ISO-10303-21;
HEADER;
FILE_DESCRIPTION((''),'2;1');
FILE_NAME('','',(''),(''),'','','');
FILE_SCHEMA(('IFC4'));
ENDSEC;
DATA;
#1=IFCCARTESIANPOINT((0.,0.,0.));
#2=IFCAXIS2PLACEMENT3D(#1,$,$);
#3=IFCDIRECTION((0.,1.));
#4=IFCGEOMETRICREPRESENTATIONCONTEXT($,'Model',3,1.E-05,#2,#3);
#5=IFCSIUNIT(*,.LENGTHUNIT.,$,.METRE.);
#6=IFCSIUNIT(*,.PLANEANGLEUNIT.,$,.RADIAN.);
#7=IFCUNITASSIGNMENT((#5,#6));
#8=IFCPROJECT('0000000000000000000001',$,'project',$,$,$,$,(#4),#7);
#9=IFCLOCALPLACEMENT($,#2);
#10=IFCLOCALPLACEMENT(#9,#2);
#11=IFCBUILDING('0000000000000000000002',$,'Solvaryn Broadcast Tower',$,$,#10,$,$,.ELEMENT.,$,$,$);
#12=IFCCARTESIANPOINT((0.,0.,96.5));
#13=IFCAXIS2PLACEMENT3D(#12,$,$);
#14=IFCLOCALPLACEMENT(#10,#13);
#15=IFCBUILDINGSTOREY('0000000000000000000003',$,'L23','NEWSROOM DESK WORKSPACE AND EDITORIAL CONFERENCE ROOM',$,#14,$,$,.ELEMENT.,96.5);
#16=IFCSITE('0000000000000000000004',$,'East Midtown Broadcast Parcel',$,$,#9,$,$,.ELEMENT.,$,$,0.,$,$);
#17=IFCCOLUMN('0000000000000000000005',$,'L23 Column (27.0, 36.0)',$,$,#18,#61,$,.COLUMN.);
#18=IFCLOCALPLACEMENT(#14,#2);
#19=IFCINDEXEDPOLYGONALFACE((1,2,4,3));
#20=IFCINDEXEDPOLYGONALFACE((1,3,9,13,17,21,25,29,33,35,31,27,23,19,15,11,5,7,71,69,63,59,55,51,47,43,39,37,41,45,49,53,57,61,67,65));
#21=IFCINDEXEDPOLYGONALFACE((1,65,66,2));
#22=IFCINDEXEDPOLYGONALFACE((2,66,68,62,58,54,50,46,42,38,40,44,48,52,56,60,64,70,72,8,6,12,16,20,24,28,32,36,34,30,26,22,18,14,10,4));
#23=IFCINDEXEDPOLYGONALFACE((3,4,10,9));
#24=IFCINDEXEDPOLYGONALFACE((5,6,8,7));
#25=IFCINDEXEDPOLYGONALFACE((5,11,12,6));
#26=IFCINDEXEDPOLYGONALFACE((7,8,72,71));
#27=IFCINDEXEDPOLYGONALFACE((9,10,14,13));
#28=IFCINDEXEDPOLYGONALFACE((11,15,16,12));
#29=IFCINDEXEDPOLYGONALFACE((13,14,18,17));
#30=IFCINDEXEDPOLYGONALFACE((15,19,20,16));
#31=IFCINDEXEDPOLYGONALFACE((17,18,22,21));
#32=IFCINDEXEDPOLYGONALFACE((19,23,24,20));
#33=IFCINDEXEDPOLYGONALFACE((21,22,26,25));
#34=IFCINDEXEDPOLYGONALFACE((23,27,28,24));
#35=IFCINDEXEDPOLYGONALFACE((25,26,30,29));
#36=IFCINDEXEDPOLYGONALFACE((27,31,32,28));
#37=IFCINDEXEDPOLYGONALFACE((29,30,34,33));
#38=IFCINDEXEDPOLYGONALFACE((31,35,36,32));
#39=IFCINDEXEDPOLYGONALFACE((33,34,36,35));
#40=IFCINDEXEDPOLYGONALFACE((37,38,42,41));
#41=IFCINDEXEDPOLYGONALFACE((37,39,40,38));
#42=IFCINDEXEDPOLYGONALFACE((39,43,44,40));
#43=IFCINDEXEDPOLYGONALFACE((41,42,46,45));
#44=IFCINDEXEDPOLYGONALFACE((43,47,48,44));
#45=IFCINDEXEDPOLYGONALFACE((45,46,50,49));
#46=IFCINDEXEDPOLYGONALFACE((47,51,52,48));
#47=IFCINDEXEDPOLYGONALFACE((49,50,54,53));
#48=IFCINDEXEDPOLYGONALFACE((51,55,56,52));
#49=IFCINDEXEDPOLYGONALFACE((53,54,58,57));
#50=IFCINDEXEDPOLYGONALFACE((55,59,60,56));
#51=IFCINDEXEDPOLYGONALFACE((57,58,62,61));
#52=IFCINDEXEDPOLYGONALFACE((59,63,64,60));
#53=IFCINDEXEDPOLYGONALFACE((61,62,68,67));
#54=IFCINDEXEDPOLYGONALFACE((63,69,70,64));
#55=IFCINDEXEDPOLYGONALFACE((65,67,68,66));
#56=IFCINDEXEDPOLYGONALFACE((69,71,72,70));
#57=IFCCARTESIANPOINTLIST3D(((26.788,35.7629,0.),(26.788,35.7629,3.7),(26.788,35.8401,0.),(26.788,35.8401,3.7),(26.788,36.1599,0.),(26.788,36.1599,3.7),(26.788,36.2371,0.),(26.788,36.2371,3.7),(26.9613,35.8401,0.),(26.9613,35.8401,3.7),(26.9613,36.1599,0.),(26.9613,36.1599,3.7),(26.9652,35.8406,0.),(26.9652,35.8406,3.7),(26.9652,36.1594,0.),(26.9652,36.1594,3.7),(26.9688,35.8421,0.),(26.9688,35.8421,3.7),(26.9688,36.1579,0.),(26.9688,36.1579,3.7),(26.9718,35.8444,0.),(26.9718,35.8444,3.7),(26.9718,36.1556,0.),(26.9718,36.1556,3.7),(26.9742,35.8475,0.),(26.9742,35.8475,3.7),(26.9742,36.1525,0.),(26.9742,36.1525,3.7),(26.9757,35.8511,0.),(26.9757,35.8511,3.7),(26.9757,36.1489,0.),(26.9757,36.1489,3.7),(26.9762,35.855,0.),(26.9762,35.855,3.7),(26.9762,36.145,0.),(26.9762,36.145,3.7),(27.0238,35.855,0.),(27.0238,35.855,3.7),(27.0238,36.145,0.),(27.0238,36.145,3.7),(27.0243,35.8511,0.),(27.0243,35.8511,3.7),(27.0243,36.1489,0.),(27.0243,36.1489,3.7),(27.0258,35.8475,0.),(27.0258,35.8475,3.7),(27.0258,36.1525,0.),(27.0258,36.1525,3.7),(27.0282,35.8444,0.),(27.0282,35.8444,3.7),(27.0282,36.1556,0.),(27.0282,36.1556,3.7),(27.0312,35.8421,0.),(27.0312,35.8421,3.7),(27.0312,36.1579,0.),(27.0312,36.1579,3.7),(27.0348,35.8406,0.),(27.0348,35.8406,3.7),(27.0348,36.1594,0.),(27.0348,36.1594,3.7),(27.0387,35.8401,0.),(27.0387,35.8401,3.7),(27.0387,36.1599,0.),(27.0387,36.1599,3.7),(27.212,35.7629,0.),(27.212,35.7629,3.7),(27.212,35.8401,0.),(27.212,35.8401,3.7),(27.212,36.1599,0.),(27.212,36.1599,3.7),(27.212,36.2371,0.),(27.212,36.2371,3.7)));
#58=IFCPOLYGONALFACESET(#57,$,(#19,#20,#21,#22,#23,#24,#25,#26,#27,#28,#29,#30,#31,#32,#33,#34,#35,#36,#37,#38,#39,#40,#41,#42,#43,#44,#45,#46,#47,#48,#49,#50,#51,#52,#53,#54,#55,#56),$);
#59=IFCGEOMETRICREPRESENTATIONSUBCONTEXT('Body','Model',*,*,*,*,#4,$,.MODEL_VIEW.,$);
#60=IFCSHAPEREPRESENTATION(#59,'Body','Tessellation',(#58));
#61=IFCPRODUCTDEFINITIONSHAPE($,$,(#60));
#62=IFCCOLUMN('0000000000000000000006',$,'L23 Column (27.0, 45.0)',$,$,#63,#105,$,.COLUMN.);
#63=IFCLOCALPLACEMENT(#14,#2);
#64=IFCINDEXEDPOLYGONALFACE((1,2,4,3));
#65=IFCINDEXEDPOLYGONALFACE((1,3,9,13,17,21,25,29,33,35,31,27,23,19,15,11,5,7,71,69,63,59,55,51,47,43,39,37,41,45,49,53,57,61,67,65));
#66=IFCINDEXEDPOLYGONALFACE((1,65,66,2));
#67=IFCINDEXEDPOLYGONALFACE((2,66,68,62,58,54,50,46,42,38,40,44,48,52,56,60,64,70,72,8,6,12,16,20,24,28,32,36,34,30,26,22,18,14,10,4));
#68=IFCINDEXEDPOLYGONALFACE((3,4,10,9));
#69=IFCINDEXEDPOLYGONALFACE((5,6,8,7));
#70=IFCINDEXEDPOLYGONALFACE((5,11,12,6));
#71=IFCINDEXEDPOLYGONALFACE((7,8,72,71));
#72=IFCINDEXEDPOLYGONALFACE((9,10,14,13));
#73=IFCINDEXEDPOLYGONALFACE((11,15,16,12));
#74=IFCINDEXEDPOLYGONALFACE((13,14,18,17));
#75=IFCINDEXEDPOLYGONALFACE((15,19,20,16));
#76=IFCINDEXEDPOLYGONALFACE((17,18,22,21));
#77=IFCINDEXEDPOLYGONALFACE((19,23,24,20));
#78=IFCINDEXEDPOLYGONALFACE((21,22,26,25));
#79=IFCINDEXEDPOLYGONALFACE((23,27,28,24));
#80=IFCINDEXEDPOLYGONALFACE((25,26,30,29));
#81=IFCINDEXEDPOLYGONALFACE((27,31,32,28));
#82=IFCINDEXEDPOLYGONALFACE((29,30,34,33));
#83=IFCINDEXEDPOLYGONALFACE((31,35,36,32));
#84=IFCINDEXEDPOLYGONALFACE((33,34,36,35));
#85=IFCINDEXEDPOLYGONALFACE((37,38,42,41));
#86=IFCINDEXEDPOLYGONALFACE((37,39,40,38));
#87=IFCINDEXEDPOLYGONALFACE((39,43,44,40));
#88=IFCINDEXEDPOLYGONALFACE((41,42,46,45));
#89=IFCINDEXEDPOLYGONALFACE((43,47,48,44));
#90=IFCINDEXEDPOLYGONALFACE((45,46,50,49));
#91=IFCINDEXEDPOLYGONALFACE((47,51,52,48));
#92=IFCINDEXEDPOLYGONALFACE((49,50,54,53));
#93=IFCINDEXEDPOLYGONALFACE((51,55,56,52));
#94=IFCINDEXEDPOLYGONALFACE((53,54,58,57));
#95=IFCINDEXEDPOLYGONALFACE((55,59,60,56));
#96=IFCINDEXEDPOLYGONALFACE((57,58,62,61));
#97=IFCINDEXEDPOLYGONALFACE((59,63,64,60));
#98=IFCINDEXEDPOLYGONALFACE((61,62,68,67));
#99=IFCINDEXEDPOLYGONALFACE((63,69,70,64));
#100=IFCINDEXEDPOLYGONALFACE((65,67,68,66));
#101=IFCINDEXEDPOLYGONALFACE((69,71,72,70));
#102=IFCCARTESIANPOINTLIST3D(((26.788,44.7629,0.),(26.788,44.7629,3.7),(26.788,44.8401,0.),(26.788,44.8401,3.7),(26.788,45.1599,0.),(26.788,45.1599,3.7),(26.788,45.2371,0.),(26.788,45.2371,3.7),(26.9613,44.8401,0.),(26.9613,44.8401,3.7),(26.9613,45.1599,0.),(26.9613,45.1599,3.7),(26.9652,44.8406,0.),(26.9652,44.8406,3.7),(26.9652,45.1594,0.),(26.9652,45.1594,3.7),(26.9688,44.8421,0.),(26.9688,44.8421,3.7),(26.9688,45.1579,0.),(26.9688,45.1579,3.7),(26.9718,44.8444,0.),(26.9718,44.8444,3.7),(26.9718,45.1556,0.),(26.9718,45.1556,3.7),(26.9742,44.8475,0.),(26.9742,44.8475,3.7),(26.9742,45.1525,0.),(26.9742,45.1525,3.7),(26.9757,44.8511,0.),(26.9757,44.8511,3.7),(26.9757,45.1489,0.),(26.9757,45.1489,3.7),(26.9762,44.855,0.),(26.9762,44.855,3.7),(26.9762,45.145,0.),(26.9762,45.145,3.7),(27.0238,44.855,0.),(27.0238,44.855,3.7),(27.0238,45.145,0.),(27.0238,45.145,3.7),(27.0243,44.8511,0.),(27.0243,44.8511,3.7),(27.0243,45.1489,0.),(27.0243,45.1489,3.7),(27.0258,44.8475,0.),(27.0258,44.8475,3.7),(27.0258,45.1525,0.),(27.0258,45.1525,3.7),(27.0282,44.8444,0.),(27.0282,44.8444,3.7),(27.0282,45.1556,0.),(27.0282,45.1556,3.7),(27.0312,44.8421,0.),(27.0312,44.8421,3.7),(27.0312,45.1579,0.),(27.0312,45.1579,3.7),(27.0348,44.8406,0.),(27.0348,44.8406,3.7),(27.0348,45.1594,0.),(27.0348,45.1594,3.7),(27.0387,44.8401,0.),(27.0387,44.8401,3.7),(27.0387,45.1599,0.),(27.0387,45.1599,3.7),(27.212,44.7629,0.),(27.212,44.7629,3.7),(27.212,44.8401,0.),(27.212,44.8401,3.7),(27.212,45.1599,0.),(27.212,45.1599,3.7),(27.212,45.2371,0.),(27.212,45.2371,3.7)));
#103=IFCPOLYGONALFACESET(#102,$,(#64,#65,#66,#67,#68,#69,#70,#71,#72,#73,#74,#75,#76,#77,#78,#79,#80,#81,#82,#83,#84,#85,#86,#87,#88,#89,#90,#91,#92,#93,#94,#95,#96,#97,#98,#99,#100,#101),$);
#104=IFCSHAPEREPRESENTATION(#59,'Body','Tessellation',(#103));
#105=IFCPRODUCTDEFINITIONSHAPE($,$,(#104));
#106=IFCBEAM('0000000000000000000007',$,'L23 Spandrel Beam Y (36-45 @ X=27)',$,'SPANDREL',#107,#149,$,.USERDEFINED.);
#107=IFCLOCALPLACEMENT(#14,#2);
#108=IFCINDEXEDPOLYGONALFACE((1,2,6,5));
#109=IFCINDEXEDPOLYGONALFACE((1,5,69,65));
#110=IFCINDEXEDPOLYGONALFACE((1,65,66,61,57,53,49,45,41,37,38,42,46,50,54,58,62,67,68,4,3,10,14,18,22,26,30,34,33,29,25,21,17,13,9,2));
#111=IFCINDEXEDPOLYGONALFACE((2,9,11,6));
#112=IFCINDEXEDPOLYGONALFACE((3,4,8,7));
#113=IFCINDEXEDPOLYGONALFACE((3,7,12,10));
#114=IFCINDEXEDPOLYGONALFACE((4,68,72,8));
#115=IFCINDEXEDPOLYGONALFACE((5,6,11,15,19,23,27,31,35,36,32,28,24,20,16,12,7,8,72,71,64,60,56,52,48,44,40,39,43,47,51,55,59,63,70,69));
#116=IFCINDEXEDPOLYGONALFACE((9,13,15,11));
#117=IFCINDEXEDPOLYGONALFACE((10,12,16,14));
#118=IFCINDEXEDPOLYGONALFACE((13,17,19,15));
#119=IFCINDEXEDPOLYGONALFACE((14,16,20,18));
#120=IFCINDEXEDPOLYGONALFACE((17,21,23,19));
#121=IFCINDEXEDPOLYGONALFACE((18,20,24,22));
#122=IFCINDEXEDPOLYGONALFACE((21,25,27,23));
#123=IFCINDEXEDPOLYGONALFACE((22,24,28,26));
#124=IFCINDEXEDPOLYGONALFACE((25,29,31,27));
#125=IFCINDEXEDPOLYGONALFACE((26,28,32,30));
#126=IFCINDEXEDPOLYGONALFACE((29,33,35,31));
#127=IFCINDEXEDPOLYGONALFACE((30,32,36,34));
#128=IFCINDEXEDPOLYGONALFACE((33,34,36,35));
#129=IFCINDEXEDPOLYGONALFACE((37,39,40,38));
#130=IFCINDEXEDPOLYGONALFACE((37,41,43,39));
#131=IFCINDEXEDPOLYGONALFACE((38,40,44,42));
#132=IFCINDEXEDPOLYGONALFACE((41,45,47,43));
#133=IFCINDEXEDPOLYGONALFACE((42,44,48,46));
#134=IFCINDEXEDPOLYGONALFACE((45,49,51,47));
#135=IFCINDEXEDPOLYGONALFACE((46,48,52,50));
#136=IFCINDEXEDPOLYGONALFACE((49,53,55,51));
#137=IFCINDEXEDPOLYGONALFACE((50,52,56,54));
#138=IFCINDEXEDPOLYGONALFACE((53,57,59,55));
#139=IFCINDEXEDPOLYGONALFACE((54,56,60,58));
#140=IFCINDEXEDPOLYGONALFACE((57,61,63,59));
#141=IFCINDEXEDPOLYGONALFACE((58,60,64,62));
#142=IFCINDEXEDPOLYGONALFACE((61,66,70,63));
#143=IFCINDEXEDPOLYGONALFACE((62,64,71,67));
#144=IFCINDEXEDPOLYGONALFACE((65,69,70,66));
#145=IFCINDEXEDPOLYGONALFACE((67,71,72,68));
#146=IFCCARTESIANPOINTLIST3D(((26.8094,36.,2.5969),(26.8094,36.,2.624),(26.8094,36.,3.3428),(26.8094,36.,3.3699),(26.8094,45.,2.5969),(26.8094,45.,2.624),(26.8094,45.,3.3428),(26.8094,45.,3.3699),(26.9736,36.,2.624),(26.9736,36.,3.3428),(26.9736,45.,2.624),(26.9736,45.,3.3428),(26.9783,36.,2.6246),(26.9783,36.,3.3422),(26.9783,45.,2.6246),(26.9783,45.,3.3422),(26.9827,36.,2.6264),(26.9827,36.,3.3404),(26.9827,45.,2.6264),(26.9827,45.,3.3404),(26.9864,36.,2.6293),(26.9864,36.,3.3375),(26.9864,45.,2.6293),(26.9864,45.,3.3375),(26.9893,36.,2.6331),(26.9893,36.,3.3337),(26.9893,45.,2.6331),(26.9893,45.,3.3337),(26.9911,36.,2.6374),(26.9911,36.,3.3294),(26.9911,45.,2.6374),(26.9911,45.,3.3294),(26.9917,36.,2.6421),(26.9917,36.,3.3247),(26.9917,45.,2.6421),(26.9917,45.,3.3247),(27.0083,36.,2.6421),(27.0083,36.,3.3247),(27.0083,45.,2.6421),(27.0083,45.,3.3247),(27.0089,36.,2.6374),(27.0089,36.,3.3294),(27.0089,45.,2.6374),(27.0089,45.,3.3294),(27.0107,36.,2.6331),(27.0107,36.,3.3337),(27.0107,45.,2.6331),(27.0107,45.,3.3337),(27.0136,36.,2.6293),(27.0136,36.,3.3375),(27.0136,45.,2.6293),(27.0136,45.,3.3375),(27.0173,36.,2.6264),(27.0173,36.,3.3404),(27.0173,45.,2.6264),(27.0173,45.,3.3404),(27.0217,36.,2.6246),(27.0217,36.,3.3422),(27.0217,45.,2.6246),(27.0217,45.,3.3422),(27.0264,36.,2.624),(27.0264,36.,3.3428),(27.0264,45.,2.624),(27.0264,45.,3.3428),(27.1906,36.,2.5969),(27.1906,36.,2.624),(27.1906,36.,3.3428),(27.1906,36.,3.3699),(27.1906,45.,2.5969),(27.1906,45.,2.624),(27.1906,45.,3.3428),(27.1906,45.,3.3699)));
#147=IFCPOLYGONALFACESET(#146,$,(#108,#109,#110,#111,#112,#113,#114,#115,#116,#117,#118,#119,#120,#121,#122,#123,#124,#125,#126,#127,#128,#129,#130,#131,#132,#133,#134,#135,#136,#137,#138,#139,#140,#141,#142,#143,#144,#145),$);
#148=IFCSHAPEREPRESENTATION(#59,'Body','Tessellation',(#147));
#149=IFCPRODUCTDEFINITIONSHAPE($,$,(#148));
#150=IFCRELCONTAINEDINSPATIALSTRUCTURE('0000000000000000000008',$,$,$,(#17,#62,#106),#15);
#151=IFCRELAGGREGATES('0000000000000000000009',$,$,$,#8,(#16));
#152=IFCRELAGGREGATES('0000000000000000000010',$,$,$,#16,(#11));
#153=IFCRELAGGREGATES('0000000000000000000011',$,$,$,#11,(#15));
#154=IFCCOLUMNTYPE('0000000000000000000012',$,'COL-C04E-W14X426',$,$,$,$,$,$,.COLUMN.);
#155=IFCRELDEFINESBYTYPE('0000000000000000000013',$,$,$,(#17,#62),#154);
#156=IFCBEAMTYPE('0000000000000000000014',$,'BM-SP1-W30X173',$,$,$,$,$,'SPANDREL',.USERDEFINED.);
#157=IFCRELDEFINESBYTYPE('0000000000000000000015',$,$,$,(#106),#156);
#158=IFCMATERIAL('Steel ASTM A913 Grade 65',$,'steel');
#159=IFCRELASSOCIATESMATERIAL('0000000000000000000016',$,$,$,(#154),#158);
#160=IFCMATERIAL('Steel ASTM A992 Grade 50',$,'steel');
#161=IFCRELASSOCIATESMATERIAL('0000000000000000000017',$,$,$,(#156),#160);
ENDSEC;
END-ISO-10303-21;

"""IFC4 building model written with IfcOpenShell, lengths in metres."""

from ifc_helpers import new_model, si_unit, direction, frame, origin, origin_2d, place, context, subcontext, project, spatial, i_section, extrude, material, material_profile, profile_set, type_object, element, save


model = new_model("IFC4")

# Units and contexts
model_context = context("Model", 3, precision=1e-05, world=origin(), true_north=direction((0.0, 1.0)))
body_context = subcontext(model_context, "Body", "Model", "MODEL_VIEW")
ifc_project = project(units=[si_unit("LENGTHUNIT", "METRE"), si_unit("PLANEANGLEUNIT", "RADIAN")], contexts=[model_context])

# Site, building, storey
site_placement = place(None, origin())
site = spatial("IfcSite", under=ifc_project, at=site_placement, Name="East Midtown Broadcast Parcel", CompositionType="ELEMENT", RefElevation=0.0)
building_placement = place(site_placement, origin())
building = spatial("IfcBuilding", under=site, at=building_placement, Name="Solvaryn Broadcast Tower", CompositionType="ELEMENT")
storey_placement = place(building_placement, frame((0.0, 0.0, 96.5)))
storey = spatial("IfcBuildingStorey", under=building, at=storey_placement, Name="L23", Description="NEWSROOM DESK WORKSPACE AND EDITORIAL CONFERENCE ROOM", CompositionType="ELEMENT", Elevation=96.5)

# Columns
ifc_material_1 = material(Name="Steel ASTM A913 Grade 65", Category="steel")
ifc_material_profile_1 = material_profile(ifc_material_1, i_section(OverallWidth=0.4241, OverallDepth=0.4741, WebThickness=0.0476, FlangeThickness=0.0771, FilletRadius=0.0149, at=origin_2d()))
ifc_profile_set_1 = profile_set([ifc_material_profile_1], Name="Steel ASTM A913 Grade 65")
column_type = type_object("IfcColumnType", Name="COL-C04E-W14X426", PredefinedType="COLUMN", material=ifc_profile_set_1)
for number, where, z_axis, x_axis, name in (
    (1, (27.0, 36.0, 0.0), (0.0, 0.0, 1.0), (1.0, 0.0, 0.0), "L23 Column (27.0, 36.0)"),
    (2, (27.0, 45.0, 0.0), (0.0, 0.0, 1.0), (1.0, 0.0, 0.0), "L23 Column (27.0, 45.0)"),
):
    element("IfcColumn", number, at=place(storey_placement, frame(where, z_axis=z_axis, x_axis=x_axis)), inside=storey, type_object=column_type, Name=name, PredefinedType="COLUMN", context=body_context, shape_type="SweptSolid", body=[
        extrude(i_section(OverallWidth=0.4241, OverallDepth=0.4741, WebThickness=0.0476, FlangeThickness=0.0771, FilletRadius=0.0149, at=origin_2d()), origin(), (0.0, 0.0, 1.0), 3.7),
    ])

# Beam
ifc_material_2 = material(Name="Steel ASTM A992 Grade 50", Category="steel")
ifc_material_profile_2 = material_profile(ifc_material_2, i_section(OverallWidth=0.3811, OverallDepth=0.7729, WebThickness=0.0166, FlangeThickness=0.0271, FilletRadius=0.0181, at=origin_2d()))
ifc_profile_set_2 = profile_set([ifc_material_profile_2], Name="Steel ASTM A992 Grade 50")
beam_type = type_object("IfcBeamType", Name="BM-SP1-W30X173", ElementType="SPANDREL", PredefinedType="USERDEFINED", material=ifc_profile_set_2)
beam_placement = place(storey_placement, frame((27.0, 36.0, 2.9834), z_axis=(0.0, 1.0, 0.0), x_axis=(-1.0, 0.0, 0.0)))
element("IfcBeam", 3, at=beam_placement, inside=storey, type_object=beam_type, Name="L23 Spandrel Beam Y (36-45 @ X=27)", ObjectType="SPANDREL", PredefinedType="USERDEFINED", context=body_context, shape_type="SweptSolid", body=[
    extrude(i_section(OverallWidth=0.3811, OverallDepth=0.7729, WebThickness=0.0166, FlangeThickness=0.0271, FilletRadius=0.0181, at=origin_2d()), origin(), (0.0, 0.0, 1.0), 9.0),
])

save(model, "model.ifc")
